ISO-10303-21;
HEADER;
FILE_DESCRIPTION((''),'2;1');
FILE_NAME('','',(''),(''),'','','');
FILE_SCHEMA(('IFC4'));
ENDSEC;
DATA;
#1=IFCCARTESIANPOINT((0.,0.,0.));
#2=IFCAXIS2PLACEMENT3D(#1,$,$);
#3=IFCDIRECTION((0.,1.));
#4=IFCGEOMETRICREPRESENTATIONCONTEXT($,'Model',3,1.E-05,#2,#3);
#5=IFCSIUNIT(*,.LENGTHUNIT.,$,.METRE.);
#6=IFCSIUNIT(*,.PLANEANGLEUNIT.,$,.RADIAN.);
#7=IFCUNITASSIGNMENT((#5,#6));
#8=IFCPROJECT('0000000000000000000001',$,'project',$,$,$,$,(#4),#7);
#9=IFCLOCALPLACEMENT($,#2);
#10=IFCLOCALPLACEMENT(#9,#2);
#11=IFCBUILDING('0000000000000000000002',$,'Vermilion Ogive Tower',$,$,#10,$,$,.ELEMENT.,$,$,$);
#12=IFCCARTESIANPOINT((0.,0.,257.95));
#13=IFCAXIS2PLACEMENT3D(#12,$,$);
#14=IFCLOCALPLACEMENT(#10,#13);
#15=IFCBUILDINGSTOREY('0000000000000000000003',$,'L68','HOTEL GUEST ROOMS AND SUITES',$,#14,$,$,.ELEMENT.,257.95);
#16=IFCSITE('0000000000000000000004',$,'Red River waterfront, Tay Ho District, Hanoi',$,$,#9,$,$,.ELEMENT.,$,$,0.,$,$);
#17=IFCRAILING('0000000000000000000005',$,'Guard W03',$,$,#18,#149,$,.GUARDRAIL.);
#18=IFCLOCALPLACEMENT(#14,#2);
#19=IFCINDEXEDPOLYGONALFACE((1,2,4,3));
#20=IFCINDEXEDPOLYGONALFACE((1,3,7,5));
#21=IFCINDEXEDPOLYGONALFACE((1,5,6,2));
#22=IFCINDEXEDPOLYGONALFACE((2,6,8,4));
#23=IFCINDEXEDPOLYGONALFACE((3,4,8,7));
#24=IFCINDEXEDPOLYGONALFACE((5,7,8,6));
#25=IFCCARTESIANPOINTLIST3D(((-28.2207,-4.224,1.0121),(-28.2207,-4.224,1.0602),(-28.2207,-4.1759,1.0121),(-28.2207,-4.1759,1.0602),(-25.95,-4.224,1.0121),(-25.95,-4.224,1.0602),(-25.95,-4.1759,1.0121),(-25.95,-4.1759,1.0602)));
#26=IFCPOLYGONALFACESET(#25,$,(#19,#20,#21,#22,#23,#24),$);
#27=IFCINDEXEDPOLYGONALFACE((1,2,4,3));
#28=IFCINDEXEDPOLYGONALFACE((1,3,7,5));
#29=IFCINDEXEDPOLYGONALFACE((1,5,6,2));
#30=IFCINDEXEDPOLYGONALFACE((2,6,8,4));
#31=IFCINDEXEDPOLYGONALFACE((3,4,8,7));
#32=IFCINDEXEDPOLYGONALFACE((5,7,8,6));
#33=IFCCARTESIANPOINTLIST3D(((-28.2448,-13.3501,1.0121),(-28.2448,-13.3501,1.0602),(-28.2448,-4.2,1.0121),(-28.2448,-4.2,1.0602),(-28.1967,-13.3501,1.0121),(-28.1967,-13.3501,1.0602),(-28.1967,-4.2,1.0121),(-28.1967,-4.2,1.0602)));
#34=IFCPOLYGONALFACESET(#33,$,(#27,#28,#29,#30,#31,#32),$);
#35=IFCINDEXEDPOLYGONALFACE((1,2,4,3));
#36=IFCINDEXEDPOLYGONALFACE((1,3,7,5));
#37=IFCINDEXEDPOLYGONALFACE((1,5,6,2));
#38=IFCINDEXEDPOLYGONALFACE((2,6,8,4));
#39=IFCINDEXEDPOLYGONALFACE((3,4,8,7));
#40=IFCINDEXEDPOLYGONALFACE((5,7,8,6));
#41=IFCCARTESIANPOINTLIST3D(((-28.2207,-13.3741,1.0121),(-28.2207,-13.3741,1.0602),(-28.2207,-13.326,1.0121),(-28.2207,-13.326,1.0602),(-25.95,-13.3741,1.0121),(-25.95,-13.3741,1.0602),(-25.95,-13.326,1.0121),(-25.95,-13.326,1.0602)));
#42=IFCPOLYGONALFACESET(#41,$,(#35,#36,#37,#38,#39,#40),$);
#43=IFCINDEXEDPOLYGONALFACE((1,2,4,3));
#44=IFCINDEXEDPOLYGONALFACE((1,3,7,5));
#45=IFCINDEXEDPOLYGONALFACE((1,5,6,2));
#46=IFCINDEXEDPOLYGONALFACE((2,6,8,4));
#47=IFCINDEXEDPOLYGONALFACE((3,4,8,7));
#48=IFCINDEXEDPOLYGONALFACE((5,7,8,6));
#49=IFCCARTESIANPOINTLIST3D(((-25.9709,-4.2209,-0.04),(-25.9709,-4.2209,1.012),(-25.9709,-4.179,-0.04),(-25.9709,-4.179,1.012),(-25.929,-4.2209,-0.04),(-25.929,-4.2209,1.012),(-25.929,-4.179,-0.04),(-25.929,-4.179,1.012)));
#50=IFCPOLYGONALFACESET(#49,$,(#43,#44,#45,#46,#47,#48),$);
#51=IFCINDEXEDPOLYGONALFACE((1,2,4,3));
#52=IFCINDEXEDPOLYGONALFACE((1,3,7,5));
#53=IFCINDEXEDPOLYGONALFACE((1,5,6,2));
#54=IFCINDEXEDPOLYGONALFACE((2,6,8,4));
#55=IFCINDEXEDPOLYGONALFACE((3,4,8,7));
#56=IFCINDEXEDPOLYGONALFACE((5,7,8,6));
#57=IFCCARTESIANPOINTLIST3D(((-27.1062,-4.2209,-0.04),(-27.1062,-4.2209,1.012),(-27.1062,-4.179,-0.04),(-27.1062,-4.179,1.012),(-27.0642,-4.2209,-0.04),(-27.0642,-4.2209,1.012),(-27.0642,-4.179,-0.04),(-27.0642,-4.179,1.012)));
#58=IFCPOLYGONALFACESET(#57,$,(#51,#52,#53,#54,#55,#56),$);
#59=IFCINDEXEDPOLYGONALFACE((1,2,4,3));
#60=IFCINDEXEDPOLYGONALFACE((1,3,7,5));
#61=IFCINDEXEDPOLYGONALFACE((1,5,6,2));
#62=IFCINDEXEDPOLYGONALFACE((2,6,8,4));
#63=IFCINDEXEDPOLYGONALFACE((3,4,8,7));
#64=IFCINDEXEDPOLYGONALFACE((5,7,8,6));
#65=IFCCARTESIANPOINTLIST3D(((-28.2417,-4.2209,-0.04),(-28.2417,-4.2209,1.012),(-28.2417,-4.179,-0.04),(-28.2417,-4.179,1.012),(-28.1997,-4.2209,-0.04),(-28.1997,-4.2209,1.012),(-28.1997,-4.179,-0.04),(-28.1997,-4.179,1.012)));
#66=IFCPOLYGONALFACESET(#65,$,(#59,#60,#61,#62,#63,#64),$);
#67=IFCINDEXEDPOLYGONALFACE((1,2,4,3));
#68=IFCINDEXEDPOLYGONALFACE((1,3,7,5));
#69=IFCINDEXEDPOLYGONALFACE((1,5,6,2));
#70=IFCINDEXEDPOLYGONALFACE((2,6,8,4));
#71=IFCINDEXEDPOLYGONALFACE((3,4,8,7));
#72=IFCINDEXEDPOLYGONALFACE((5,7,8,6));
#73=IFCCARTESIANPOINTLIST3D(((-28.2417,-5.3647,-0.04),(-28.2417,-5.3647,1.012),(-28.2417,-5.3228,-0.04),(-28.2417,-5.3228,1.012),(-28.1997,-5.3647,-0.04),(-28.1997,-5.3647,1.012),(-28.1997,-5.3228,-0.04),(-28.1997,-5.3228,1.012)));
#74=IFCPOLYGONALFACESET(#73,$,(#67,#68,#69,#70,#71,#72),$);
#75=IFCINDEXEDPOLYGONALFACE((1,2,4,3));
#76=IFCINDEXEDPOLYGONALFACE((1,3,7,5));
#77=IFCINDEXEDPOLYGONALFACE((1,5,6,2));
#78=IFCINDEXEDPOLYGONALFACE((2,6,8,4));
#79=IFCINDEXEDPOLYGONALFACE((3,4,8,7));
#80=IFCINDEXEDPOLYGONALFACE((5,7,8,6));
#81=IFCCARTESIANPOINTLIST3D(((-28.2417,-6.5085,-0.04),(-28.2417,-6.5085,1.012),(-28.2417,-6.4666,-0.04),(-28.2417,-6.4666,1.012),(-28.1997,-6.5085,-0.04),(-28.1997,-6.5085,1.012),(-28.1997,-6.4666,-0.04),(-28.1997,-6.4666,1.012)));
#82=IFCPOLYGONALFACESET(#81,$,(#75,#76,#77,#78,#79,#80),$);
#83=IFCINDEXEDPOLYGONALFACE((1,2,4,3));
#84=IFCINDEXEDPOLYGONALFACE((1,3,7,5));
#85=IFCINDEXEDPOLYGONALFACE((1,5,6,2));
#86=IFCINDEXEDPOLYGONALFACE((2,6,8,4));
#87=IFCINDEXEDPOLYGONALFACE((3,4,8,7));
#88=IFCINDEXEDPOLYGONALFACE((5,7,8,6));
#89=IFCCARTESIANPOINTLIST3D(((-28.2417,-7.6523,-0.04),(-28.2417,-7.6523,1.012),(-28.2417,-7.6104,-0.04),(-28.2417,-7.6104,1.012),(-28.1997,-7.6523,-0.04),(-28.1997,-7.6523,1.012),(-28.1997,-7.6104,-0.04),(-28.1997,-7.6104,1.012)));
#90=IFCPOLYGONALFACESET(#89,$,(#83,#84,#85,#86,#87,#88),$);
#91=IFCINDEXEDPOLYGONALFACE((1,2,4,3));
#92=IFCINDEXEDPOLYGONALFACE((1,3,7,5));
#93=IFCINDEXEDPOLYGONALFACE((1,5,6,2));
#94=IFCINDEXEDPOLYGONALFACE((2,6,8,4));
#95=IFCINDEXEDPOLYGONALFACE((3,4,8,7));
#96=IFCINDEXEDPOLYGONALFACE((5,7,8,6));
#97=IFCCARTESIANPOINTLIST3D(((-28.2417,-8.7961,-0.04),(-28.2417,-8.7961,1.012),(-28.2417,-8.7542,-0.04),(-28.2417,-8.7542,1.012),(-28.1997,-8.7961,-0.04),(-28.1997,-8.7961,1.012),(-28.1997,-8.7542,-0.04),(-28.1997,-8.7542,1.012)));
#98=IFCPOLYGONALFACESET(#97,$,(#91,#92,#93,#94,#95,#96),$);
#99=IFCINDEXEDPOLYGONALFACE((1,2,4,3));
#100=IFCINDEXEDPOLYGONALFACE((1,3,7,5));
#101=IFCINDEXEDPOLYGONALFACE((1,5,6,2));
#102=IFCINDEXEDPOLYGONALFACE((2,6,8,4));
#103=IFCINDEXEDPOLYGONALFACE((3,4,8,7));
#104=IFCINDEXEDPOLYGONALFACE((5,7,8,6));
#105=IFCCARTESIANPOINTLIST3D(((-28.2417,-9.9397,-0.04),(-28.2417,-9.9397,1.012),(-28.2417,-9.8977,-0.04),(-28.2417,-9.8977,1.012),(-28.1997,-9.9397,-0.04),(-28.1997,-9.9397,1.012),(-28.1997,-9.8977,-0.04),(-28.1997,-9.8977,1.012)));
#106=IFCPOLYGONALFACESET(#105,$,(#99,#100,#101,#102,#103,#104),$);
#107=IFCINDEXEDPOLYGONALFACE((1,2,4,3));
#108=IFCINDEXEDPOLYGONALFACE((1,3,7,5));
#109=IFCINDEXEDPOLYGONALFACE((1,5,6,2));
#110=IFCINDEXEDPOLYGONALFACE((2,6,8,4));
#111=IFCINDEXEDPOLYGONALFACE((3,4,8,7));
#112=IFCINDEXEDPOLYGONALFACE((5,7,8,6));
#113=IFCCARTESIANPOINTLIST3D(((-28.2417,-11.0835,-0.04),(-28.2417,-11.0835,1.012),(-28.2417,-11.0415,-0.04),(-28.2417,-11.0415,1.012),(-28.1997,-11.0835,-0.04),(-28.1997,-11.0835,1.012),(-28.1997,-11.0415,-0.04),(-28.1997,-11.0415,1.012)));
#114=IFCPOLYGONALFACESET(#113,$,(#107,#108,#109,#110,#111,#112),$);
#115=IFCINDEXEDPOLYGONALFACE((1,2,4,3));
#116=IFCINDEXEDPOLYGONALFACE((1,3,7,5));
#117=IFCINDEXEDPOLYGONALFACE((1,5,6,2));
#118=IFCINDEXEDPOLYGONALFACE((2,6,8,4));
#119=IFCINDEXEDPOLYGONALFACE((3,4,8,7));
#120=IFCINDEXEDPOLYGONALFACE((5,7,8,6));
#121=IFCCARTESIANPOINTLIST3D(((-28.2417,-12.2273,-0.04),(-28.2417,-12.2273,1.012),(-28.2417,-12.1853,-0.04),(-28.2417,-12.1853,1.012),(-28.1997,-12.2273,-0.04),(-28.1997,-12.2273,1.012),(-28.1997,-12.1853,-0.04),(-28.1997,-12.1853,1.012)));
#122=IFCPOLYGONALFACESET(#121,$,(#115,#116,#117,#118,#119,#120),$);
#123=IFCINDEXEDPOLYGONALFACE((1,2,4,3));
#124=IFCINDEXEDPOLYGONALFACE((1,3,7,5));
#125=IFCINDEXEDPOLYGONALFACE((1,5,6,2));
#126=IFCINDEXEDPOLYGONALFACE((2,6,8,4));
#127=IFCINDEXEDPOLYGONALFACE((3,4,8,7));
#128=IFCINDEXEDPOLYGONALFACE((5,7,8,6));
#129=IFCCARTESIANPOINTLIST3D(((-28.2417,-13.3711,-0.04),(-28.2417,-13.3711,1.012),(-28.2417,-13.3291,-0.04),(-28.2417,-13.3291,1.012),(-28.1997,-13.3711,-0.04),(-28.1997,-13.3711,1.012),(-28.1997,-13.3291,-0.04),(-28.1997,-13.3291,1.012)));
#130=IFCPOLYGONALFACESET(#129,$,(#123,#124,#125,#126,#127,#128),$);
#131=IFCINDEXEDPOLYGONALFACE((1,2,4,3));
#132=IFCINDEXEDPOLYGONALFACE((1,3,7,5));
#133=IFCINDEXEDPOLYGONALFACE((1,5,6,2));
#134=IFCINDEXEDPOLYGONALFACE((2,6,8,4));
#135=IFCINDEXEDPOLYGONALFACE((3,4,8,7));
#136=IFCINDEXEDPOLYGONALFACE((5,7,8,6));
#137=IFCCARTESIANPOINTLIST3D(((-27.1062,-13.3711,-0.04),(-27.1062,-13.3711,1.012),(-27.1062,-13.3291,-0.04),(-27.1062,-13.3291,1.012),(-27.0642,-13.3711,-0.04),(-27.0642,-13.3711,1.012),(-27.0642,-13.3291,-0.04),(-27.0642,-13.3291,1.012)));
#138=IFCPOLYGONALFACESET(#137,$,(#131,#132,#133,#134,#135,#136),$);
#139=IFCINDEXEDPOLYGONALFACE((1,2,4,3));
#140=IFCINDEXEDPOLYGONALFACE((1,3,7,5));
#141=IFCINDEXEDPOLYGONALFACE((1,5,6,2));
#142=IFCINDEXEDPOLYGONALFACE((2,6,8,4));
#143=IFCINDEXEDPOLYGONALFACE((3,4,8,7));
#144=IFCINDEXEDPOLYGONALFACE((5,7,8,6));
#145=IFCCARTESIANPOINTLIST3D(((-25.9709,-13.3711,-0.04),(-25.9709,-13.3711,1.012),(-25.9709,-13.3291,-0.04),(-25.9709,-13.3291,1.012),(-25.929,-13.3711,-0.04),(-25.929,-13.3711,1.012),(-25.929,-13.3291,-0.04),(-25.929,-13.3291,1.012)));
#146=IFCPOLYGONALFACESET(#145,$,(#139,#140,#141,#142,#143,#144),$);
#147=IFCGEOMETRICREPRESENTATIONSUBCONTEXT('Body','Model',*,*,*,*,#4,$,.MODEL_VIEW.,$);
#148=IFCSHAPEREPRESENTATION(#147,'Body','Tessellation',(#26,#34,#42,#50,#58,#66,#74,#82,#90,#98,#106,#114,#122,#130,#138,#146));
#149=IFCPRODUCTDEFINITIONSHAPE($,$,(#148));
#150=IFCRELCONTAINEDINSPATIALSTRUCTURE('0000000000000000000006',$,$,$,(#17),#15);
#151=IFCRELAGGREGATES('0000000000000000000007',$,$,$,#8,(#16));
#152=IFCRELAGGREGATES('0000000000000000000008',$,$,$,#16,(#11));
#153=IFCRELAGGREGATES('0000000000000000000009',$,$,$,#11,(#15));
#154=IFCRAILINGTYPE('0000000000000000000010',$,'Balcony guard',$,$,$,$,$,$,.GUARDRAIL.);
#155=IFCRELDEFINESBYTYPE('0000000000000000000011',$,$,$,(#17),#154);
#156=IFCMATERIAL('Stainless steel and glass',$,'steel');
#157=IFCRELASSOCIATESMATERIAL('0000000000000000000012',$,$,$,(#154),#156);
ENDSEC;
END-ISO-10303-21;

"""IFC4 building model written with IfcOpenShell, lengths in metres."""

from ifc_helpers import new_model, si_unit, direction, frame, origin, origin_2d, place, context, subcontext, project, spatial, rectangle, extrude, material, type_object, element, save


model = new_model("IFC4")

# Units and contexts
model_context = context("Model", 3, precision=1e-05, world=origin(), true_north=direction((0.0, 1.0)))
body_context = subcontext(model_context, "Body", "Model", "MODEL_VIEW")
ifc_project = project(units=[si_unit("LENGTHUNIT", "METRE"), si_unit("PLANEANGLEUNIT", "RADIAN")], contexts=[model_context])

# Site, building, storey
site_placement = place(None, origin())
site = spatial("IfcSite", under=ifc_project, at=site_placement, Name="Red River waterfront, Tay Ho District, Hanoi", CompositionType="ELEMENT", RefElevation=0.0)
building_placement = place(site_placement, origin())
building = spatial("IfcBuilding", under=site, at=building_placement, Name="Vermilion Ogive Tower", CompositionType="ELEMENT")
storey_placement = place(building_placement, frame((0.0, 0.0, 257.95)))
storey = spatial("IfcBuildingStorey", under=building, at=storey_placement, Name="L68", Description="HOTEL GUEST ROOMS AND SUITES", CompositionType="ELEMENT", Elevation=257.95)

# Railing
ifc_material_1 = material(Name="Stainless steel and glass", Category="steel")
railing_type = type_object("IfcRailingType", Name="Balcony guard", PredefinedType="GUARDRAIL", material=ifc_material_1)
railing_placement = place(storey_placement, frame((-25.95, -4.2, -0.04)))
element("IfcRailing", 1, at=railing_placement, inside=storey, type_object=railing_type, Name="Guard W03", PredefinedType="GUARDRAIL", context=body_context, shape_type="SweptSolid", body=[
    extrude(rectangle(XDim=0.0481, YDim=0.0481, at=origin_2d()), frame((0.0, 0.0, 1.0762), z_axis=(-1.0, 0.0, 0.0), x_axis=(0.0, -1.0, 0.0)), (0.0, 0.0, 1.0), 2.2708),
    extrude(rectangle(XDim=0.0481, YDim=0.0481, at=origin_2d()), frame((-2.2708, 0.0, 1.0762), z_axis=(0.0, -1.0, 0.0), x_axis=(1.0, 0.0, 0.0)), (0.0, 0.0, 1.0), 9.1501),
    extrude(rectangle(XDim=0.0481, YDim=0.0481, at=origin_2d()), frame((-2.2708, -9.1501, 1.0762), z_axis=(1.0, 0.0, 0.0), x_axis=(0.0, 1.0, 0.0)), (0.0, 0.0, 1.0), 2.2708),
    extrude(rectangle(XDim=0.042, YDim=0.042, at=origin_2d()), origin(), (0.0, 0.0, 1.0), 1.052),
    extrude(rectangle(XDim=0.042, YDim=0.042, at=origin_2d()), frame((-1.1353, 0.0, 0.0)), (0.0, 0.0, 1.0), 1.052),
    extrude(rectangle(XDim=0.042, YDim=0.042, at=origin_2d()), frame((-2.2708, 0.0, 0.0)), (0.0, 0.0, 1.0), 1.052),
    extrude(rectangle(XDim=0.042, YDim=0.042, at=origin_2d()), frame((-2.2708, -1.1438, 0.0)), (0.0, 0.0, 1.0), 1.052),
    extrude(rectangle(XDim=0.042, YDim=0.042, at=origin_2d()), frame((-2.2708, -2.2876, 0.0)), (0.0, 0.0, 1.0), 1.052),
    extrude(rectangle(XDim=0.042, YDim=0.042, at=origin_2d()), frame((-2.2708, -3.4314, 0.0)), (0.0, 0.0, 1.0), 1.052),
    extrude(rectangle(XDim=0.042, YDim=0.042, at=origin_2d()), frame((-2.2708, -4.5752, 0.0)), (0.0, 0.0, 1.0), 1.052),
    extrude(rectangle(XDim=0.042, YDim=0.042, at=origin_2d()), frame((-2.2708, -5.7188, 0.0)), (0.0, 0.0, 1.0), 1.052),
    extrude(rectangle(XDim=0.042, YDim=0.042, at=origin_2d()), frame((-2.2708, -6.8625, 0.0)), (0.0, 0.0, 1.0), 1.052),
    extrude(rectangle(XDim=0.042, YDim=0.042, at=origin_2d()), frame((-2.2708, -8.0063, 0.0)), (0.0, 0.0, 1.0), 1.052),
    extrude(rectangle(XDim=0.042, YDim=0.042, at=origin_2d()), frame((-2.2708, -9.1501, 0.0)), (0.0, 0.0, 1.0), 1.052),
    extrude(rectangle(XDim=0.042, YDim=0.042, at=origin_2d()), frame((-1.1353, -9.1501, 0.0)), (0.0, 0.0, 1.0), 1.052),
    extrude(rectangle(XDim=0.042, YDim=0.042, at=origin_2d()), frame((0.0, -9.1501, 0.0)), (0.0, 0.0, 1.0), 1.052),
])

save(model, "model.ifc")
